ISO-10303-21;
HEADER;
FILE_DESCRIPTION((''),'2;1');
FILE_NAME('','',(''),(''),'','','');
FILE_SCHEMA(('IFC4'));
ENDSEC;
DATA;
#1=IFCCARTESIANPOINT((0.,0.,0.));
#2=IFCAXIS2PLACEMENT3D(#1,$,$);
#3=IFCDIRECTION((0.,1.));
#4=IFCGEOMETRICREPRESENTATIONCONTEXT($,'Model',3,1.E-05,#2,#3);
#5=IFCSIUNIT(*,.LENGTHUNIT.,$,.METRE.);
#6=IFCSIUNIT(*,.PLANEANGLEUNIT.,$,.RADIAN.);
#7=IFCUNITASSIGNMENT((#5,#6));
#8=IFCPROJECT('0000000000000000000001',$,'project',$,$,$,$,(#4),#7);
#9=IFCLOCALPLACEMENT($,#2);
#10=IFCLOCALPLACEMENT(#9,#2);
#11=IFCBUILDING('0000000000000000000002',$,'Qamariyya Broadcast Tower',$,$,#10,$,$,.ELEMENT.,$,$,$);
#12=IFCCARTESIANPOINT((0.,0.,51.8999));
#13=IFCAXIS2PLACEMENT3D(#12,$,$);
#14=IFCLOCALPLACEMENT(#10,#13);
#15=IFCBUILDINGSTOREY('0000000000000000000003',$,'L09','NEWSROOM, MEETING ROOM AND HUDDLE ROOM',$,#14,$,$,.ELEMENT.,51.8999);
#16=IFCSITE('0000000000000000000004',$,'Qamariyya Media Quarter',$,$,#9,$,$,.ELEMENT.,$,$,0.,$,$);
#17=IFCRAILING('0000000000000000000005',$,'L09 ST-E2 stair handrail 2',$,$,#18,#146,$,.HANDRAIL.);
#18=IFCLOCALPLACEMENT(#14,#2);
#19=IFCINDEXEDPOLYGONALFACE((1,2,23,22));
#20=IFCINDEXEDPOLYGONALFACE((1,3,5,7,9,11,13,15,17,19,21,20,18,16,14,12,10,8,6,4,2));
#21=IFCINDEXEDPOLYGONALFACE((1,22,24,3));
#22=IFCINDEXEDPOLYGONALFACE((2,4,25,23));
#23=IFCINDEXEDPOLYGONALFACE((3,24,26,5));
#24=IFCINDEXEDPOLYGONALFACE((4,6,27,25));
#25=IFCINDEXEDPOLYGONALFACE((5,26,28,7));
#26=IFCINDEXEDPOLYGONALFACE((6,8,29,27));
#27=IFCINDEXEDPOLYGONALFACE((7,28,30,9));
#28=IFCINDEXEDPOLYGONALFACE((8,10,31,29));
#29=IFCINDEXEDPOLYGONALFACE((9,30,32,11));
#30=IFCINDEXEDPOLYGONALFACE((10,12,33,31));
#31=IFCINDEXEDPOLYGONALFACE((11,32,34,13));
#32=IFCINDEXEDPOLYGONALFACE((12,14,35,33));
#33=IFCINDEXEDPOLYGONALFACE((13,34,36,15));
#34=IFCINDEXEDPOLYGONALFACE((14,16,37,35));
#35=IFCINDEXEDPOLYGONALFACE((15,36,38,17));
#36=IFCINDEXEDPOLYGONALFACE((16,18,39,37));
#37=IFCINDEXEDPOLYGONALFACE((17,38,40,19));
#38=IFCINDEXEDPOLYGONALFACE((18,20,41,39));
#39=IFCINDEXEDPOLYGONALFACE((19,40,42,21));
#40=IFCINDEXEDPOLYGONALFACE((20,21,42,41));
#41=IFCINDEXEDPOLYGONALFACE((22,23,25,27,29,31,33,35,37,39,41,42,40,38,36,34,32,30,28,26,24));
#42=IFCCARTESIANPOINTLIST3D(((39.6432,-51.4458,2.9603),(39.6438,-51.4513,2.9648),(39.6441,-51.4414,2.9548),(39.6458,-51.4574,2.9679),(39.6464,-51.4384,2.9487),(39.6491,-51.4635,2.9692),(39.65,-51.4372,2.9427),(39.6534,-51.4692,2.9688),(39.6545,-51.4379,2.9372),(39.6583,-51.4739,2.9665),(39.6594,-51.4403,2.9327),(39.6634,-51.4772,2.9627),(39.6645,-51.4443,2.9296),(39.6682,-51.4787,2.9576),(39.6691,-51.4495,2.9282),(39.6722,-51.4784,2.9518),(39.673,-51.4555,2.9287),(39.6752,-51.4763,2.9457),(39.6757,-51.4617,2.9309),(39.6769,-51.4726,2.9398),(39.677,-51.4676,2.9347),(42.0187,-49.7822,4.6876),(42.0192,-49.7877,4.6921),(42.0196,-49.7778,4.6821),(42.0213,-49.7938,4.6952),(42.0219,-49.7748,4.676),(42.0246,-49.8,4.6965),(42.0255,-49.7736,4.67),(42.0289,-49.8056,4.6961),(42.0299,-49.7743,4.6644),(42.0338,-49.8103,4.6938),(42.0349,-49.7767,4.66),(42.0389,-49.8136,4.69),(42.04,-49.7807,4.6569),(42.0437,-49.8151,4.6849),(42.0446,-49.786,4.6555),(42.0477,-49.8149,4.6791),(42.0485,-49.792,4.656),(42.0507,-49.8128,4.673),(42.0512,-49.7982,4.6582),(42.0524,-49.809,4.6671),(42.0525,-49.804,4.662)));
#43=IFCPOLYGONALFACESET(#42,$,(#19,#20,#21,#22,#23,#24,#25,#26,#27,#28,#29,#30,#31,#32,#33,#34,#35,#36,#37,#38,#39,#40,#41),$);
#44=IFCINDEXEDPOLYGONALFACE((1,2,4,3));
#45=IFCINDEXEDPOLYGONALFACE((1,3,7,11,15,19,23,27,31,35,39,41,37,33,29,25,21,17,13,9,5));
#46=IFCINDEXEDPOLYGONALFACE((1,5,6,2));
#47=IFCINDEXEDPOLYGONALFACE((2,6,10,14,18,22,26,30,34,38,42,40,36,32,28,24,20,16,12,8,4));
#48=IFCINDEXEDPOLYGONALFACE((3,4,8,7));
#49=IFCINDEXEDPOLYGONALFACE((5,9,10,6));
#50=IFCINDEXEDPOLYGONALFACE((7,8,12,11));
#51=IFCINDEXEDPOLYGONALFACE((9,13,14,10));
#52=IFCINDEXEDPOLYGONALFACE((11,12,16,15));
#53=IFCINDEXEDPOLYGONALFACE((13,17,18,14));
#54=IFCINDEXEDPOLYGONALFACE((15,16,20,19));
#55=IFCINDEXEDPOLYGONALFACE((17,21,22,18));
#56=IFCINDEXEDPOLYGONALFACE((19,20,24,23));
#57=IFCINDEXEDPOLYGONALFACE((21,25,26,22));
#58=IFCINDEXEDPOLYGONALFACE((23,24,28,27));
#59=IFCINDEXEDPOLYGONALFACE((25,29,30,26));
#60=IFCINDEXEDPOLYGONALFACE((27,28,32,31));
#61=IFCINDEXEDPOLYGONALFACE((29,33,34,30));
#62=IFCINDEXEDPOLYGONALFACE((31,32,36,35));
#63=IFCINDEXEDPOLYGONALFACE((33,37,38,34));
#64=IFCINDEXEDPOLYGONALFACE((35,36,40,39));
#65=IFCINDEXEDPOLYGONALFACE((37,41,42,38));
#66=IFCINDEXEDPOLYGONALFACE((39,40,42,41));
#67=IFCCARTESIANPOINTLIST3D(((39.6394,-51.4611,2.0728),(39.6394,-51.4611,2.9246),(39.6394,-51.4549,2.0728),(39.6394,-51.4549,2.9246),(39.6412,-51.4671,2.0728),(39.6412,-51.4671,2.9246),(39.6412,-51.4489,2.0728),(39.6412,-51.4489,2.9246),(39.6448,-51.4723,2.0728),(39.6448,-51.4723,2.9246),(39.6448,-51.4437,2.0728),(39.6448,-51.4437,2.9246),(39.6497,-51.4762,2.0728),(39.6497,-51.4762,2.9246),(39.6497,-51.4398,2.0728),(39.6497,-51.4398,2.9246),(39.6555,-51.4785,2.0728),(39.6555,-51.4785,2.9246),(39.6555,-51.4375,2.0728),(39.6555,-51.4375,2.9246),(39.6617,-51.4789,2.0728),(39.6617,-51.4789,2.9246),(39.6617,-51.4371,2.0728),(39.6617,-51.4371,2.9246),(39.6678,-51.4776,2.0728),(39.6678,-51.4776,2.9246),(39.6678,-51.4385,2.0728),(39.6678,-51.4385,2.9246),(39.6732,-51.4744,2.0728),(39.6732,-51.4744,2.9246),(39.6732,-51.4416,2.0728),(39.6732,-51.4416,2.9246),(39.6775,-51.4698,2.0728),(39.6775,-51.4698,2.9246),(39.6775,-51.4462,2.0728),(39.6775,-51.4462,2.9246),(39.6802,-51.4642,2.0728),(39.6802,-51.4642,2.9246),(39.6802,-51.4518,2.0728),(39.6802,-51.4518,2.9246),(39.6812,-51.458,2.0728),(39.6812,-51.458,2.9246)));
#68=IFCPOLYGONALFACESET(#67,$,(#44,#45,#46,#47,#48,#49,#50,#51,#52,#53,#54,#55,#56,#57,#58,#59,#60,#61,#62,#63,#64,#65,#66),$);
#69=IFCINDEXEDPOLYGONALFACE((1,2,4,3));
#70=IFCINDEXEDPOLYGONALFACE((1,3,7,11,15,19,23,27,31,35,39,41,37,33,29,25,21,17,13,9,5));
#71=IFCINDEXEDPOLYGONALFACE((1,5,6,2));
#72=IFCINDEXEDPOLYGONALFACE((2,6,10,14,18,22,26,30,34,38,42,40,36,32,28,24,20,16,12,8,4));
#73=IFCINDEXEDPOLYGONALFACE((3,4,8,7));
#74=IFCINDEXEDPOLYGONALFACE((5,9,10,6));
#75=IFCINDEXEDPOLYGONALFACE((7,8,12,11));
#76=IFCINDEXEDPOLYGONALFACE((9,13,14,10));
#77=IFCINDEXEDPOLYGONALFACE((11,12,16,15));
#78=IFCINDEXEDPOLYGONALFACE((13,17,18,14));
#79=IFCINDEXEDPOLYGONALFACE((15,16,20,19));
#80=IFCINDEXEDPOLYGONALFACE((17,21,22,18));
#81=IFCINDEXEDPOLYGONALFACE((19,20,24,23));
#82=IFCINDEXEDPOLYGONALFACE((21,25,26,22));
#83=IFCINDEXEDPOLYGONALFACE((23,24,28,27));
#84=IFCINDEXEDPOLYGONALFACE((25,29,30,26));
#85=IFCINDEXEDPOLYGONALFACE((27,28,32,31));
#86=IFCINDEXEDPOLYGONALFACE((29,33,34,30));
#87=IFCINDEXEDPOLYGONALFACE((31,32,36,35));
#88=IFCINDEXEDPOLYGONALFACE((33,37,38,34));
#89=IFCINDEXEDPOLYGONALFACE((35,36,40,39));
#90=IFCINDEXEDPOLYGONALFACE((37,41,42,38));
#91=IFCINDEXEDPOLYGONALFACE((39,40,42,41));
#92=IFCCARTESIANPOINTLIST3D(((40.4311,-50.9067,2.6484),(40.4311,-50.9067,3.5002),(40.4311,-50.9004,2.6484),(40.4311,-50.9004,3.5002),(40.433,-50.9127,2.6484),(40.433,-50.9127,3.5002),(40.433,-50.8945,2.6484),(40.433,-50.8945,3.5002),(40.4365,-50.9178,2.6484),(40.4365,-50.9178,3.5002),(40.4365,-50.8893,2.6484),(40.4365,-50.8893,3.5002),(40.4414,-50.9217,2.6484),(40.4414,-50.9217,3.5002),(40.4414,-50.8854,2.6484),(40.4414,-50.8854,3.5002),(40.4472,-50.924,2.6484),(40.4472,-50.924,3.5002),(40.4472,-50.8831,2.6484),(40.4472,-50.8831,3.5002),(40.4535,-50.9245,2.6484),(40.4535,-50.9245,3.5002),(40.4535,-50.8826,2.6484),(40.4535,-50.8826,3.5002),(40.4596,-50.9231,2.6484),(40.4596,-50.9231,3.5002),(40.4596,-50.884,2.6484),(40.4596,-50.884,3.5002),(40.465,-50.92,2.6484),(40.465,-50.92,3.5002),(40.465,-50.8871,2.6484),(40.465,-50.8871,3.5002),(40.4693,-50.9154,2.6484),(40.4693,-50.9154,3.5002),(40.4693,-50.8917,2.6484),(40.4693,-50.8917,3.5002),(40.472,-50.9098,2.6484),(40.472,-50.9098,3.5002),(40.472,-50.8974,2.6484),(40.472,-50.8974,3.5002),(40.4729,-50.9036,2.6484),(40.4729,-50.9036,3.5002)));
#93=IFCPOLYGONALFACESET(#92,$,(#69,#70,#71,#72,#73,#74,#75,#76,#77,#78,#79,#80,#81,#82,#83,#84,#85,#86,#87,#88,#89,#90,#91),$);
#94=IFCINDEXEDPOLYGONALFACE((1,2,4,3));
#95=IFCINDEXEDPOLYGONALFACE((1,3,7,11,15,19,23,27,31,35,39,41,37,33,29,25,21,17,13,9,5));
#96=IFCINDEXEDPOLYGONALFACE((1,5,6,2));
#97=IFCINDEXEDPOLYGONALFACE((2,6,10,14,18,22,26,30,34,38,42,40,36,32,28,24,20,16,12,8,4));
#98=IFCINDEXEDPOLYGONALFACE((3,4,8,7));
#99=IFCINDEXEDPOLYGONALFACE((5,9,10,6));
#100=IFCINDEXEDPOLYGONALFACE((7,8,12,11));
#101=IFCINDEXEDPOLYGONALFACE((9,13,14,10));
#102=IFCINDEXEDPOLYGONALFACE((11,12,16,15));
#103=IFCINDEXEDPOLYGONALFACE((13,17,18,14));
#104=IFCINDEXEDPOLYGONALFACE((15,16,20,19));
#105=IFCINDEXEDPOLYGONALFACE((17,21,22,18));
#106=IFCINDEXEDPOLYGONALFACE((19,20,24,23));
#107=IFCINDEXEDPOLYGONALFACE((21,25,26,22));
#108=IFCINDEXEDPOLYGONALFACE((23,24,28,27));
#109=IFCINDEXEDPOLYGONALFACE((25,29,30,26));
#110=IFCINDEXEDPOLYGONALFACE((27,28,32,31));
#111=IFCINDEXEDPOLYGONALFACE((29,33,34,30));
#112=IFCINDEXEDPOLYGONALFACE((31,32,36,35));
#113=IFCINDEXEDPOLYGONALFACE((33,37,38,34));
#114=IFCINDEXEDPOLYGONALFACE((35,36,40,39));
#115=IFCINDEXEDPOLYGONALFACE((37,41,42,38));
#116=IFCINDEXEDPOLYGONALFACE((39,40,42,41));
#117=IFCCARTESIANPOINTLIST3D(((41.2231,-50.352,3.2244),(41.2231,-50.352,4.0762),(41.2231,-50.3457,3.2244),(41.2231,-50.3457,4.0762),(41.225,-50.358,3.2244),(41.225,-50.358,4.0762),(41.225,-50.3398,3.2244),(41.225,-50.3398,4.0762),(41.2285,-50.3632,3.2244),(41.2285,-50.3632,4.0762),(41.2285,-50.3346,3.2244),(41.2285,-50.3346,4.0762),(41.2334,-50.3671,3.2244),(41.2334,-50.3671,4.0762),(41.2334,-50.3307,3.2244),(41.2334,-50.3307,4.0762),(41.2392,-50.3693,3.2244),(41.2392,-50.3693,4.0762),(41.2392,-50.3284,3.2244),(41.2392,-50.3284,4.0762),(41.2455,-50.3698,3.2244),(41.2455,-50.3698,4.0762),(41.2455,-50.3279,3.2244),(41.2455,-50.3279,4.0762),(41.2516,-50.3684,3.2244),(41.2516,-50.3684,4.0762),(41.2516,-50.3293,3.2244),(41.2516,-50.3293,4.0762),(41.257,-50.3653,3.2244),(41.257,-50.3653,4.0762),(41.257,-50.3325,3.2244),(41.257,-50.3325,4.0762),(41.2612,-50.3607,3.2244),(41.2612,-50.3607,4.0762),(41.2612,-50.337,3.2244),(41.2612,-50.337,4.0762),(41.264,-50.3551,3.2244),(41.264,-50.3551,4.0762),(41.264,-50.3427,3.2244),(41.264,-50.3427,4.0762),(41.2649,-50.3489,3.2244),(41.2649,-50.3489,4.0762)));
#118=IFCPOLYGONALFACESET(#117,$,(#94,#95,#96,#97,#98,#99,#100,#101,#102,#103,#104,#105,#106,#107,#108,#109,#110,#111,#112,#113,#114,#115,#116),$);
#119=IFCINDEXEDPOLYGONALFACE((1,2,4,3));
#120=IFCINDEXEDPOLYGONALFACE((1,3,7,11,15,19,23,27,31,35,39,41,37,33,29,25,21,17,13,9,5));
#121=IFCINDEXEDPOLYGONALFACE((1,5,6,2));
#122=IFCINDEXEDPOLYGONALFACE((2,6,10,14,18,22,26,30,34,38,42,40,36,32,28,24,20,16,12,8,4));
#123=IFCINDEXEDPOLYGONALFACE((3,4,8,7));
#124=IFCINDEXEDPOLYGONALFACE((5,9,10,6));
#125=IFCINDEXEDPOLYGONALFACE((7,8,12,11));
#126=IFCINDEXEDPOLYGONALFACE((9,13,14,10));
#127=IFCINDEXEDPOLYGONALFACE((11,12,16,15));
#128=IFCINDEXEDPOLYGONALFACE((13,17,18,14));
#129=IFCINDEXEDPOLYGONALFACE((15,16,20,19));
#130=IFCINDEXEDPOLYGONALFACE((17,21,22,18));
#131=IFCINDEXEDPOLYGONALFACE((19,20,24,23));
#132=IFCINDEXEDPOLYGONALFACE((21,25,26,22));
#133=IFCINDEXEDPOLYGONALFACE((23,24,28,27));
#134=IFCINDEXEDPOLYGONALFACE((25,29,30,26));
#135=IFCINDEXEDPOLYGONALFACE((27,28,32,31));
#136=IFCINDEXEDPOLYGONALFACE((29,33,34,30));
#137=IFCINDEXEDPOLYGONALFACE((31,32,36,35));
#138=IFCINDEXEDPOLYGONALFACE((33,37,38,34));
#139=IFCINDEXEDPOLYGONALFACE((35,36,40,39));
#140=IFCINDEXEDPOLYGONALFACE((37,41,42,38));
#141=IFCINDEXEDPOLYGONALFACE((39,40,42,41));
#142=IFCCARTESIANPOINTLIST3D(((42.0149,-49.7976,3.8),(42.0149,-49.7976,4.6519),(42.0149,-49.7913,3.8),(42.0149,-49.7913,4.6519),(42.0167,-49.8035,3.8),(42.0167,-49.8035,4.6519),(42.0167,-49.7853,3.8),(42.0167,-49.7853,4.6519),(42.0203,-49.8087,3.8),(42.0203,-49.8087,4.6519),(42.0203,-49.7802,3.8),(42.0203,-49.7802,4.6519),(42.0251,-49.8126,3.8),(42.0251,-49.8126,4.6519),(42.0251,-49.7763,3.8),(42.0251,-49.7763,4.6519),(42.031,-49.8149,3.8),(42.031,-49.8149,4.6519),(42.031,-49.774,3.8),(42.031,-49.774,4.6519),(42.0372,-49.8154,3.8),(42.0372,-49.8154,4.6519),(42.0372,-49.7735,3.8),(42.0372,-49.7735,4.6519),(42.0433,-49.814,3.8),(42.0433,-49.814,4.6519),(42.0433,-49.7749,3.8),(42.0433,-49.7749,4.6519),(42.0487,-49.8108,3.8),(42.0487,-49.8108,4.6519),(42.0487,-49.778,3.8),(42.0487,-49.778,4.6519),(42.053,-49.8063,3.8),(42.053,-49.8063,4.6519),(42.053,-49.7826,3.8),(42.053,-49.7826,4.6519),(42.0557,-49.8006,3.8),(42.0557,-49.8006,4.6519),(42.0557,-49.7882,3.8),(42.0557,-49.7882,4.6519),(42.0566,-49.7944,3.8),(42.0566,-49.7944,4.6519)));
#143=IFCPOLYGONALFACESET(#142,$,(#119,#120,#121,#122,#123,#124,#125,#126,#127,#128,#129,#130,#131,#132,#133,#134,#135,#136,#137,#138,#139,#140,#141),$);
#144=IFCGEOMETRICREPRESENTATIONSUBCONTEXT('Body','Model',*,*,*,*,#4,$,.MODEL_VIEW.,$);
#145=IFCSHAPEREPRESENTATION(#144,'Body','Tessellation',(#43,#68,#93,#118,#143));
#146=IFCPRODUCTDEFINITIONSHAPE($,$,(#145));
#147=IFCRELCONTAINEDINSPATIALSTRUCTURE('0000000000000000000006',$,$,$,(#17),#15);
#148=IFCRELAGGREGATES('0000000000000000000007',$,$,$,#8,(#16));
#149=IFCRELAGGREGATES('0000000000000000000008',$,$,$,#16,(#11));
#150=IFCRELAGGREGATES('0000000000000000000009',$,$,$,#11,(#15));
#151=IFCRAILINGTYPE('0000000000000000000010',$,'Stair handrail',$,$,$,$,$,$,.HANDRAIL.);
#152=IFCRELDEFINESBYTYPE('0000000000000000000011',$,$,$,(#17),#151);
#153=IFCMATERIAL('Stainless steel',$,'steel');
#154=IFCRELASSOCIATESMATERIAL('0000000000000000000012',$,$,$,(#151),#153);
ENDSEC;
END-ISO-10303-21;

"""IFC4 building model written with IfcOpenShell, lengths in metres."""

from ifc_helpers import new_model, si_unit, direction, frame, origin, origin_2d, place, context, subcontext, project, spatial, circle, extrude, material, type_object, element, save


model = new_model("IFC4")

# Units and contexts
model_context = context("Model", 3, precision=1e-05, world=origin(), true_north=direction((0.0, 1.0)))
body_context = subcontext(model_context, "Body", "Model", "MODEL_VIEW")
ifc_project = project(units=[si_unit("LENGTHUNIT", "METRE"), si_unit("PLANEANGLEUNIT", "RADIAN")], contexts=[model_context])

# Site, building, storey
site_placement = place(None, origin())
site = spatial("IfcSite", under=ifc_project, at=site_placement, Name="Qamariyya Media Quarter", CompositionType="ELEMENT", RefElevation=0.0)
building_placement = place(site_placement, origin())
building = spatial("IfcBuilding", under=site, at=building_placement, Name="Qamariyya Broadcast Tower", CompositionType="ELEMENT")
storey_placement = place(building_placement, frame((0.0, 0.0, 51.8999)))
storey = spatial("IfcBuildingStorey", under=building, at=storey_placement, Name="L09", Description="NEWSROOM, MEETING ROOM AND HUDDLE ROOM", CompositionType="ELEMENT", Elevation=51.8999)

# Railing
ifc_material_1 = material(Name="Stainless steel", Category="steel")
railing_type_1 = type_object("IfcRailingType", Name="Stair handrail", PredefinedType="HANDRAIL", material=ifc_material_1)
railing_1_placement = place(storey_placement, frame((39.6602, -51.458, 2.0728)))
element("IfcRailing", 1, at=railing_1_placement, inside=storey, type_object=railing_type_1, Name="L09 ST-E2 stair handrail 2", PredefinedType="HANDRAIL", context=body_context, shape_type="SweptSolid", body=[
    extrude(circle(Radius=0.0239, at=origin_2d()), frame((0.0, 0.0, 0.876), z_axis=(0.703745, 0.492838, 0.511716), x_axis=(-0.573632, 0.819113, 0.0)), (0.0, 0.0, 1.0), 3.3755),
    extrude(circle(Radius=0.021, at=origin_2d()), origin(), (0.0, 0.0, 1.0), 0.8518),
    extrude(circle(Radius=0.021, at=origin_2d()), frame((0.7917, 0.5544, 0.5757)), (0.0, 0.0, 1.0), 0.8518),
    extrude(circle(Radius=0.021, at=origin_2d()), frame((1.5837, 1.1091, 1.1516)), (0.0, 0.0, 1.0), 0.8518),
    extrude(circle(Radius=0.021, at=origin_2d()), frame((2.3755, 1.6636, 1.7273)), (0.0, 0.0, 1.0), 0.8518),
])

save(model, "model.ifc")
